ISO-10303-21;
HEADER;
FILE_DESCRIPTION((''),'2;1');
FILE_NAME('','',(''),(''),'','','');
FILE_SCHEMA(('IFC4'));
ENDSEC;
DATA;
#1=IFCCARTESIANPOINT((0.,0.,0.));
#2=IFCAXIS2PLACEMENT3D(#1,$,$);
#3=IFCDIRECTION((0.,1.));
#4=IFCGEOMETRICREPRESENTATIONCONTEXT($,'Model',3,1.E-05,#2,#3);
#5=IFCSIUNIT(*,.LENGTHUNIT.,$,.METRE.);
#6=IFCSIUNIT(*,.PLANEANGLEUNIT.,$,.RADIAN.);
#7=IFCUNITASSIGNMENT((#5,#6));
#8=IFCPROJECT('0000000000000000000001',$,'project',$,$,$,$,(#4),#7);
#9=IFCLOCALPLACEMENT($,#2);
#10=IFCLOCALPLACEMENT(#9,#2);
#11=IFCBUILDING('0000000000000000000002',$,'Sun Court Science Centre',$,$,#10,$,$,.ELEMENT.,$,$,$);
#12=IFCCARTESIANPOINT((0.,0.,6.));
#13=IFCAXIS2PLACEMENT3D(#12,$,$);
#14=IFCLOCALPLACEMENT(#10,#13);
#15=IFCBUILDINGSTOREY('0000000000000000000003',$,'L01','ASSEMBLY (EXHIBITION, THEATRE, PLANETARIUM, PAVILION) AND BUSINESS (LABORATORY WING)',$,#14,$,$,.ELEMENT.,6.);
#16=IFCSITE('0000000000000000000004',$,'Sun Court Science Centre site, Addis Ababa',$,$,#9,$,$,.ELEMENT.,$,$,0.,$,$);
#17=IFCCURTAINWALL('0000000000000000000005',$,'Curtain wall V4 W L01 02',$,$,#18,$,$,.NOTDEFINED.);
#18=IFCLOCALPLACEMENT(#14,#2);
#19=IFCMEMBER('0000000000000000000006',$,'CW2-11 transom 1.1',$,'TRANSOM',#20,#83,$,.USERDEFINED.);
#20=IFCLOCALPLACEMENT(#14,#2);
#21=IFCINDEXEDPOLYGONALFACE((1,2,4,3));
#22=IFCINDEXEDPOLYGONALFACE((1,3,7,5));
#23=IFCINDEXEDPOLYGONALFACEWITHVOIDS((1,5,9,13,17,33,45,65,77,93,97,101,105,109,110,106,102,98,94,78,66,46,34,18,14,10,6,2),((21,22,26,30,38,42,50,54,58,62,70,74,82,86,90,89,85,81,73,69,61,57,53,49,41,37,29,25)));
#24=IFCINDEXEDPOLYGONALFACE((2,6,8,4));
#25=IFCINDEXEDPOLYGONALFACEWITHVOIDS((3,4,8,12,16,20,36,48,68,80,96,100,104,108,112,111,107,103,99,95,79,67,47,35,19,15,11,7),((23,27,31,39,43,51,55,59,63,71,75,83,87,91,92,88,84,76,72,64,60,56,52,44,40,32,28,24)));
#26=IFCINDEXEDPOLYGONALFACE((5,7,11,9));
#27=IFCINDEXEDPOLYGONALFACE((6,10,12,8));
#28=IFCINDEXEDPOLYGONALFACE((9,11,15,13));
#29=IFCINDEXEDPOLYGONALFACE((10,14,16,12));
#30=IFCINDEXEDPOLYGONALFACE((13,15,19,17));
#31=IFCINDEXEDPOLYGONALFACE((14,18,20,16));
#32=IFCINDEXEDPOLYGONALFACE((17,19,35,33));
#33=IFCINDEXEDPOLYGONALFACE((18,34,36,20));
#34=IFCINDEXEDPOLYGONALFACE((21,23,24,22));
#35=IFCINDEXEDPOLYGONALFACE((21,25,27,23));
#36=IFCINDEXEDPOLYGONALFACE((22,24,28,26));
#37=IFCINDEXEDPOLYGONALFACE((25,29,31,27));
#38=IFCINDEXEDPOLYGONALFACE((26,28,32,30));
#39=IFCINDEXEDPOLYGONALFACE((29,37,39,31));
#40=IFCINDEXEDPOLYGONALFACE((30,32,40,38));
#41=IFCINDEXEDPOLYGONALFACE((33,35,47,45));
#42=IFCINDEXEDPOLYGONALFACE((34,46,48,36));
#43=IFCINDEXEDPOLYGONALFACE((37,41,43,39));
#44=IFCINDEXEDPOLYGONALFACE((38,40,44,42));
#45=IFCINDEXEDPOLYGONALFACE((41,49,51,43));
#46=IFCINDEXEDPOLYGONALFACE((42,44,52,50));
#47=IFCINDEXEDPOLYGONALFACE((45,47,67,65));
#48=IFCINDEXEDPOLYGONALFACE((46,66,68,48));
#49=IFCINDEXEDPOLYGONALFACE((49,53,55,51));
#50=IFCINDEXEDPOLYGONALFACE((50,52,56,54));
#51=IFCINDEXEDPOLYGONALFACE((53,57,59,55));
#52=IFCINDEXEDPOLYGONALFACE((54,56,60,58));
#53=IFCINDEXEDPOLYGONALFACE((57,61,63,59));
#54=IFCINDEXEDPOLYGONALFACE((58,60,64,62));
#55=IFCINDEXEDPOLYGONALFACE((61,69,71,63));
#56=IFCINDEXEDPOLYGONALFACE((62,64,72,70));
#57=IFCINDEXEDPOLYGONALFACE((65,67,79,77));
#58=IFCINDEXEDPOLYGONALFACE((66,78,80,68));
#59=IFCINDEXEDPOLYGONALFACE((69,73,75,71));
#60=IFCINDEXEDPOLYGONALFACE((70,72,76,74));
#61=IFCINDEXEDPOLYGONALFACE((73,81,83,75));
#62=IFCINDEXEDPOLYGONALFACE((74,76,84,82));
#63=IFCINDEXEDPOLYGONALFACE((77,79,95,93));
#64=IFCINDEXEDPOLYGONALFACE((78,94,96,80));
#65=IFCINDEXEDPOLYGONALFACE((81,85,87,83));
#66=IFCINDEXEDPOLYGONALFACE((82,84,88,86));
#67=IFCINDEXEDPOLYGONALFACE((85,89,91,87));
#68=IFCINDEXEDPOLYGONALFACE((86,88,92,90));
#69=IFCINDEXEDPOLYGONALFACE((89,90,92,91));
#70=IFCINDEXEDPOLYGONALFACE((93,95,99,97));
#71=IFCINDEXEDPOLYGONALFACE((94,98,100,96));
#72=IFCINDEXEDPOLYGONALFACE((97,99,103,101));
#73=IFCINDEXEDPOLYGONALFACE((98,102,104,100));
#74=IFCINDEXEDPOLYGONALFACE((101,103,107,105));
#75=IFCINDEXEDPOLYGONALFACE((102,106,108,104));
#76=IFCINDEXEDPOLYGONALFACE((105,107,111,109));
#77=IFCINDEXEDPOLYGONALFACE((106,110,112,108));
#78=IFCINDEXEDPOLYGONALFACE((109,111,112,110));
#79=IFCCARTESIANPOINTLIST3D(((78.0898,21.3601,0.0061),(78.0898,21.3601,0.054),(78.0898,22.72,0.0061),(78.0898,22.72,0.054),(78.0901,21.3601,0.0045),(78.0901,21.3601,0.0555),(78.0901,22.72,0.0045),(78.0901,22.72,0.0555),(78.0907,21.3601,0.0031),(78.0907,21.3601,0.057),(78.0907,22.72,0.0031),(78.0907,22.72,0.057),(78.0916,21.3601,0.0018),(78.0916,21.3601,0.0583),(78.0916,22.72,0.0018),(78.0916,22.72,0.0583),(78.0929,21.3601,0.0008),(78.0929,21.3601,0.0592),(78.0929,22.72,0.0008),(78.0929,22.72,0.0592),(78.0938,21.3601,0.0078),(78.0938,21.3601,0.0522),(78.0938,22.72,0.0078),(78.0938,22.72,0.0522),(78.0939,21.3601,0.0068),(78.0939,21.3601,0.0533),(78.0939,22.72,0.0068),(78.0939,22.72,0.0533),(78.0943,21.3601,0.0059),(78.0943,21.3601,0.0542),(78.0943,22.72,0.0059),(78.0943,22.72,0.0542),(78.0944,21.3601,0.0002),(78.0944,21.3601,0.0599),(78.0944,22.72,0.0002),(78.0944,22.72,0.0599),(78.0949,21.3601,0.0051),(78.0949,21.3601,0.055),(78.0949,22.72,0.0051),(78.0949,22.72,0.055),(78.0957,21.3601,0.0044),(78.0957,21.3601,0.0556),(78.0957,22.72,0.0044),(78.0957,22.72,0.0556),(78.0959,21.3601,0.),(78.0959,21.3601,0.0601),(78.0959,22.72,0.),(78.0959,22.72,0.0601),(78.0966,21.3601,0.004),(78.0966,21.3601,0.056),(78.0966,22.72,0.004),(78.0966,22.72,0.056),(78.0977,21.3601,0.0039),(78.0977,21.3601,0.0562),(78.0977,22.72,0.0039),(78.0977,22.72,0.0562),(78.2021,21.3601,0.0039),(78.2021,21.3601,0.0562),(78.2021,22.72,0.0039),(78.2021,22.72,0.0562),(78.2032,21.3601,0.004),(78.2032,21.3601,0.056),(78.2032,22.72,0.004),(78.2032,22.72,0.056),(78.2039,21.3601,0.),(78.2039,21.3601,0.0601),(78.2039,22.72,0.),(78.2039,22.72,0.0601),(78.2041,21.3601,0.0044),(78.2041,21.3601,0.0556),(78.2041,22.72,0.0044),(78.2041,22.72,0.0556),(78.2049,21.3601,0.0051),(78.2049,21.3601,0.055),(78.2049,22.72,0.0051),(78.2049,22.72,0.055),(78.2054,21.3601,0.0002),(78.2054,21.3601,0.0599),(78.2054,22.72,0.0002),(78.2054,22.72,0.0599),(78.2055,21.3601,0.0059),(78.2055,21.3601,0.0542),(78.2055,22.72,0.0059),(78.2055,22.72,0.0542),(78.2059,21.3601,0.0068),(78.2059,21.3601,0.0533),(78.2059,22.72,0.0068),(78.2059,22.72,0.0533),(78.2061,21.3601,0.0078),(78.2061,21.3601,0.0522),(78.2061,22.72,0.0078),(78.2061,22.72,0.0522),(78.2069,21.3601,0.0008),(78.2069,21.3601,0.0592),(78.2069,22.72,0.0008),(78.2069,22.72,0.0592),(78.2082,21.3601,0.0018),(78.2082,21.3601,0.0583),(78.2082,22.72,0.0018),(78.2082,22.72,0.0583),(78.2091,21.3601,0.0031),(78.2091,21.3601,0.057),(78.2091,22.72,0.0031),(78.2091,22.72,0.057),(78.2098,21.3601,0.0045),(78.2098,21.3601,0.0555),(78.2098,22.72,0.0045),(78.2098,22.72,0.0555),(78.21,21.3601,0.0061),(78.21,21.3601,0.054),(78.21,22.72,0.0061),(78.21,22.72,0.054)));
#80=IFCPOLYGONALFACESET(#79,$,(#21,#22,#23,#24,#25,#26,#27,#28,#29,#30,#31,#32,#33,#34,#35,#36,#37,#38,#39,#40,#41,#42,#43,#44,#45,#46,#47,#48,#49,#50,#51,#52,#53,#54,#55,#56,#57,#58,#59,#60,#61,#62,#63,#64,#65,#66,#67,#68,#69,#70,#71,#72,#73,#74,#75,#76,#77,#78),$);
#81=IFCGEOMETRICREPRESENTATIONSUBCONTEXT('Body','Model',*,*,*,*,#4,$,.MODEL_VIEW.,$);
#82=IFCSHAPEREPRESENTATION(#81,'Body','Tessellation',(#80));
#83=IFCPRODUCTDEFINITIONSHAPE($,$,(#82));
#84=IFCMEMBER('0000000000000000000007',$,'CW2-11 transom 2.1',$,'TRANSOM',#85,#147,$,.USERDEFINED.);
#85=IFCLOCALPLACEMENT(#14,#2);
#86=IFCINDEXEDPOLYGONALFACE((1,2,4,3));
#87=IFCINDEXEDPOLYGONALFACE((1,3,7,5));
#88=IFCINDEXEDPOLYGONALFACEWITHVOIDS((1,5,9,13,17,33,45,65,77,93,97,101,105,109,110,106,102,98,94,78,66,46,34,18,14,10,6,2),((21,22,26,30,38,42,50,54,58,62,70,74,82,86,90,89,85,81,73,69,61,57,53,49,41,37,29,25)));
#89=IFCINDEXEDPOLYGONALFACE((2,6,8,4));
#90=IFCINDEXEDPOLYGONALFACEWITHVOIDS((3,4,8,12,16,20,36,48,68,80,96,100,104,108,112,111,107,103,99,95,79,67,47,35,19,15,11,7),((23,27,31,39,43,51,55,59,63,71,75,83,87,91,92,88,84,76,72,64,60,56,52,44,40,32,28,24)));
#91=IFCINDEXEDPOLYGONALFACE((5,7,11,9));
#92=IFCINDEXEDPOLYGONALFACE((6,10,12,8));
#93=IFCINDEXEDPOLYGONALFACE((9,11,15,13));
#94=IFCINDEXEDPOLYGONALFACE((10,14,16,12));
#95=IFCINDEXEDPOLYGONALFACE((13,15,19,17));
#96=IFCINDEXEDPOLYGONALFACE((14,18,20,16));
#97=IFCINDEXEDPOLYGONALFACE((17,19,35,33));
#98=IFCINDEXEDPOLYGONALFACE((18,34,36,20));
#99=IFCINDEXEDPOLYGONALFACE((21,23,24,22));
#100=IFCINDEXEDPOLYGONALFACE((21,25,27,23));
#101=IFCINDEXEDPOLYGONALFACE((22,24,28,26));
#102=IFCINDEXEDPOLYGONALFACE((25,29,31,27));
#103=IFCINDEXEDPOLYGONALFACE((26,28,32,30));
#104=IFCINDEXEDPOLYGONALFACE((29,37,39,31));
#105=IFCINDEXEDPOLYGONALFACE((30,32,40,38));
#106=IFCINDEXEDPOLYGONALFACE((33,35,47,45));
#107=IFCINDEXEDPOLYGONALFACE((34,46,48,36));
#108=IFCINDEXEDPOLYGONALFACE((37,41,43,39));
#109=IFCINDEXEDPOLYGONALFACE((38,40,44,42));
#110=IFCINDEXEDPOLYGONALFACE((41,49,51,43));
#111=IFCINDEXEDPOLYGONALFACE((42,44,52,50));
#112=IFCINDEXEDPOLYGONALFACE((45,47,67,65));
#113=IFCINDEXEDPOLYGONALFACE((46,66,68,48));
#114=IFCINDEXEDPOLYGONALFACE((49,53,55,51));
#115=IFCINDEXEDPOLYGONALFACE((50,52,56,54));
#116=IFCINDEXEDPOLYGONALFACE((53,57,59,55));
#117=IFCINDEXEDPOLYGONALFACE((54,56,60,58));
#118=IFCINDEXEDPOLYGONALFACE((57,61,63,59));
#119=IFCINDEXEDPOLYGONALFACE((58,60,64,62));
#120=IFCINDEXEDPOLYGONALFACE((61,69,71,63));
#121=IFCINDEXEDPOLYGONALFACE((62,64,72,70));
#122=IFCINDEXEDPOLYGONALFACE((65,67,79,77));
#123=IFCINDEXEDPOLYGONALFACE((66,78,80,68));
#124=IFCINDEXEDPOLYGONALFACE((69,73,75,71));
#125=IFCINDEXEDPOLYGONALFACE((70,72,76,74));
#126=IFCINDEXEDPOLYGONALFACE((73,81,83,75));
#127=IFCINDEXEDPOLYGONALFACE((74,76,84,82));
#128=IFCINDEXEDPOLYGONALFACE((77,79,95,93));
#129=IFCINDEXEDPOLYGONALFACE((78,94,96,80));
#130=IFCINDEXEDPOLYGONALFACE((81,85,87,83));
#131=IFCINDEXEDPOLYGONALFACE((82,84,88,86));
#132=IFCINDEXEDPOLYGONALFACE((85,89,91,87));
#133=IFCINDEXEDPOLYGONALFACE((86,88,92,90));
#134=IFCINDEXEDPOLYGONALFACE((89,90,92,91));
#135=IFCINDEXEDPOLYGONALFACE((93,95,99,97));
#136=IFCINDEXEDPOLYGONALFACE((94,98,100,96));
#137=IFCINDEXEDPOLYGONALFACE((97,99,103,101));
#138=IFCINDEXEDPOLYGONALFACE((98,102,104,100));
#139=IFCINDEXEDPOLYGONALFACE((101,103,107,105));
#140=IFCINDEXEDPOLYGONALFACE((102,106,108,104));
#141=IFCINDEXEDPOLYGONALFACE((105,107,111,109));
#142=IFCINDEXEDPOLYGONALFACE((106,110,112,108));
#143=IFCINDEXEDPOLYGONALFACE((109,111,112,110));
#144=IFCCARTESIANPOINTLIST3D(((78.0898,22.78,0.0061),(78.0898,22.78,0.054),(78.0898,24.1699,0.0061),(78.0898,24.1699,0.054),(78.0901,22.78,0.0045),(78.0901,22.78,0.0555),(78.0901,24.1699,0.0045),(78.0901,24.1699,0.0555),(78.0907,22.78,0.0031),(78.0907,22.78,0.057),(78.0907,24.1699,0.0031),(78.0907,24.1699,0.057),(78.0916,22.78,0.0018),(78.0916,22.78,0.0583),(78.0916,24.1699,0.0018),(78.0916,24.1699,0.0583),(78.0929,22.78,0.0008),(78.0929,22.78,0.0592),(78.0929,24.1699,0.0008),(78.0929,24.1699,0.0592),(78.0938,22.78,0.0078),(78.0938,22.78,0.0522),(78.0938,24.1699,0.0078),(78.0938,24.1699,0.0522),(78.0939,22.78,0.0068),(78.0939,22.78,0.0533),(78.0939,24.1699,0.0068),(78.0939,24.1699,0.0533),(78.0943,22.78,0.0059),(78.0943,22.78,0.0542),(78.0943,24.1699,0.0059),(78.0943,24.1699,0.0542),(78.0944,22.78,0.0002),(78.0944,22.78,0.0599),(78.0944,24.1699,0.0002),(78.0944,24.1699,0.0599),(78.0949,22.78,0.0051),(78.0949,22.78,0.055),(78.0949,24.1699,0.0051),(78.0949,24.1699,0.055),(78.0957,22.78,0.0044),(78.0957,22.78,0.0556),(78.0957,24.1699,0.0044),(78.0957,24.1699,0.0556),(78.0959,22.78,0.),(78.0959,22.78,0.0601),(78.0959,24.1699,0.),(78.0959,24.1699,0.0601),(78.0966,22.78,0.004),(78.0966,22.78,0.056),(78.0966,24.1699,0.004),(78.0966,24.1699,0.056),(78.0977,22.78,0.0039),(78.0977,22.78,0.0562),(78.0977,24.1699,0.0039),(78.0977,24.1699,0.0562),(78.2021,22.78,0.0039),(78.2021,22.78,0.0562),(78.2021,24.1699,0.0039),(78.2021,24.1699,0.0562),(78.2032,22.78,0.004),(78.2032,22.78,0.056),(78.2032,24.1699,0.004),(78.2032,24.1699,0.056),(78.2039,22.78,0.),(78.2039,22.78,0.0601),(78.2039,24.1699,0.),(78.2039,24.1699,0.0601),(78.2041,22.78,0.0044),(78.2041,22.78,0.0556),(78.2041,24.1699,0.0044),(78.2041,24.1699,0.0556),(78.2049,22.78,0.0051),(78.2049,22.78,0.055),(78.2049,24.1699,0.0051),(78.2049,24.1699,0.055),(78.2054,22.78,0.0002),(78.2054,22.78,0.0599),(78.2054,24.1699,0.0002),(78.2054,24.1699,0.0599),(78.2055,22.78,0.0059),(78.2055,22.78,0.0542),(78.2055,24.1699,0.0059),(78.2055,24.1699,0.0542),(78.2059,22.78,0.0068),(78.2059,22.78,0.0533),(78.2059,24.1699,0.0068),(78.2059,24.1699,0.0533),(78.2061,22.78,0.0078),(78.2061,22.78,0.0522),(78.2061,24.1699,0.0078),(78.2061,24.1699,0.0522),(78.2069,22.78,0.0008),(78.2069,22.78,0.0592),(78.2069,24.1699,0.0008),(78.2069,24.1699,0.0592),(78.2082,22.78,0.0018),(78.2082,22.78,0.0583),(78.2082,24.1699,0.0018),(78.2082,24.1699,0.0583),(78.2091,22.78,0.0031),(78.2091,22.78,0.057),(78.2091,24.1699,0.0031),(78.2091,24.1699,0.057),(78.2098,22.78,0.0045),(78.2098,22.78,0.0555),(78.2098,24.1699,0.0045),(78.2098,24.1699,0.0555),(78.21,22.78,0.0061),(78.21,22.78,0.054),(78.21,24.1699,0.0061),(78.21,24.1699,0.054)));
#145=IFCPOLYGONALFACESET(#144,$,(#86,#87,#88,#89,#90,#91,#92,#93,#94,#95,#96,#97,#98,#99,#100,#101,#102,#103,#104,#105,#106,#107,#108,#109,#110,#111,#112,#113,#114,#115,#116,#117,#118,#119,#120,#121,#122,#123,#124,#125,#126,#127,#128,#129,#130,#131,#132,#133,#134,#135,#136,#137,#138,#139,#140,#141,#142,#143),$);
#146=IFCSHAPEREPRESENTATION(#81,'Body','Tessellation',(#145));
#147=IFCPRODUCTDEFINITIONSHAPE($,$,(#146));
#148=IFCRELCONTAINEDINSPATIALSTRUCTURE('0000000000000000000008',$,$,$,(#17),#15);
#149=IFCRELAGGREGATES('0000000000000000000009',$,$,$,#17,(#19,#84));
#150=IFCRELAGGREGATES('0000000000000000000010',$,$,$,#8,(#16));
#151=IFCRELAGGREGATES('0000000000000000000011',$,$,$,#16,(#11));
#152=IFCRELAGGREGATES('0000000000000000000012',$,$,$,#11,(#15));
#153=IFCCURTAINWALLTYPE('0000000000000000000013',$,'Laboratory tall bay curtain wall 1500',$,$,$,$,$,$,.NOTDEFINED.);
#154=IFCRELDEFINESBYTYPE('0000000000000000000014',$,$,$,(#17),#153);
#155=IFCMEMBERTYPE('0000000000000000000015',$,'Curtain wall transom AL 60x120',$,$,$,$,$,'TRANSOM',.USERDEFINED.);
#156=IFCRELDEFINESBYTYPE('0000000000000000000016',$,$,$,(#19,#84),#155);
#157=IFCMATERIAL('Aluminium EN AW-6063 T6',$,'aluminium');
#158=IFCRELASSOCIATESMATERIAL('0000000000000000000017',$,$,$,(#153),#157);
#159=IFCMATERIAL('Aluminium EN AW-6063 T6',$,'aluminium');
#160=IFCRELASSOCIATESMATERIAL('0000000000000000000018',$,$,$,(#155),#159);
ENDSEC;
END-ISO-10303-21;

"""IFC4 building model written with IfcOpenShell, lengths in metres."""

from ifc_helpers import new_model, si_unit, direction, frame, origin, origin_2d, place, context, subcontext, project, spatial, hollow_rectangle, extrude, material, material_profile, profile_set, type_object, element, aggregate, save


model = new_model("IFC4")

# Units and contexts
model_context = context("Model", 3, precision=1e-05, world=origin(), true_north=direction((0.0, 1.0)))
body_context = subcontext(model_context, "Body", "Model", "MODEL_VIEW")
ifc_project = project(units=[si_unit("LENGTHUNIT", "METRE"), si_unit("PLANEANGLEUNIT", "RADIAN")], contexts=[model_context])

# Site, building, storey
site_placement = place(None, origin())
site = spatial("IfcSite", under=ifc_project, at=site_placement, Name="Sun Court Science Centre site, Addis Ababa", CompositionType="ELEMENT", RefElevation=0.0)
building_placement = place(site_placement, origin())
building = spatial("IfcBuilding", under=site, at=building_placement, Name="Sun Court Science Centre", CompositionType="ELEMENT")
storey_placement = place(building_placement, frame((0.0, 0.0, 6.0)))
storey = spatial("IfcBuildingStorey", under=building, at=storey_placement, Name="L01", Description="ASSEMBLY (EXHIBITION, THEATRE, PLANETARIUM, PAVILION) AND BUSINESS (LABORATORY WING)", CompositionType="ELEMENT", Elevation=6.0)

# Curtain wall
ifc_material_1 = material(Name="Aluminium EN AW-6063 T6", Category="aluminium")
curtain_wall_type = type_object("IfcCurtainWallType", Name="Laboratory tall bay curtain wall 1500", PredefinedType="NOTDEFINED", material=ifc_material_1)
curtain_wall_1_placement = place(storey_placement, origin())
curtain_wall_1 = element("IfcCurtainWall", 1, at=curtain_wall_1_placement, inside=storey, type_object=curtain_wall_type, Name="Curtain wall V4 W L01 02", PredefinedType="NOTDEFINED")

# Members
ifc_material_2 = material(Name="Aluminium EN AW-6063 T6", Category="aluminium")
ifc_material_profile_1 = material_profile(ifc_material_2, hollow_rectangle(XDim=0.0601, YDim=0.1201, WallThickness=0.0039, InnerFilletRadius=0.0039, OuterFilletRadius=0.0061, at=origin_2d()), Name="AL 60x120x4")
ifc_profile_set_1 = profile_set([ifc_material_profile_1], Name="Aluminium EN AW-6063 T6")
member_type_1 = type_object("IfcMemberType", Name="Curtain wall transom AL 60x120", ElementType="TRANSOM", PredefinedType="USERDEFINED", material=ifc_profile_set_1)
member_1_placement = place(storey_placement, frame((78.1499, 21.3601, 0.03), z_axis=(0.0, 1.0, 0.0), x_axis=(0.0, 0.0, 1.0)))
member_1 = element("IfcMember", 2, at=member_1_placement, type_object=member_type_1, Name="CW2-11 transom 1.1", ObjectType="TRANSOM", PredefinedType="USERDEFINED", context=body_context, shape_type="SweptSolid", body=[
    extrude(hollow_rectangle(XDim=0.0601, YDim=0.1201, WallThickness=0.0039, InnerFilletRadius=0.0039, OuterFilletRadius=0.0061, at=origin_2d()), origin(), (0.0, 0.0, 1.0), 1.3599),
])
member_2_placement = place(storey_placement, frame((78.1499, 22.78, 0.03), z_axis=(0.0, 1.0, 0.0), x_axis=(0.0, 0.0, 1.0)))
member_2 = element("IfcMember", 3, at=member_2_placement, type_object=member_type_1, Name="CW2-11 transom 2.1", ObjectType="TRANSOM", PredefinedType="USERDEFINED", context=body_context, shape_type="SweptSolid", body=[
    extrude(hollow_rectangle(XDim=0.0601, YDim=0.1201, WallThickness=0.0039, InnerFilletRadius=0.0039, OuterFilletRadius=0.0061, at=origin_2d()), origin(), (0.0, 0.0, 1.0), 1.3899),
])

aggregate(curtain_wall_1, [member_1, member_2])

save(model, "model.ifc")
